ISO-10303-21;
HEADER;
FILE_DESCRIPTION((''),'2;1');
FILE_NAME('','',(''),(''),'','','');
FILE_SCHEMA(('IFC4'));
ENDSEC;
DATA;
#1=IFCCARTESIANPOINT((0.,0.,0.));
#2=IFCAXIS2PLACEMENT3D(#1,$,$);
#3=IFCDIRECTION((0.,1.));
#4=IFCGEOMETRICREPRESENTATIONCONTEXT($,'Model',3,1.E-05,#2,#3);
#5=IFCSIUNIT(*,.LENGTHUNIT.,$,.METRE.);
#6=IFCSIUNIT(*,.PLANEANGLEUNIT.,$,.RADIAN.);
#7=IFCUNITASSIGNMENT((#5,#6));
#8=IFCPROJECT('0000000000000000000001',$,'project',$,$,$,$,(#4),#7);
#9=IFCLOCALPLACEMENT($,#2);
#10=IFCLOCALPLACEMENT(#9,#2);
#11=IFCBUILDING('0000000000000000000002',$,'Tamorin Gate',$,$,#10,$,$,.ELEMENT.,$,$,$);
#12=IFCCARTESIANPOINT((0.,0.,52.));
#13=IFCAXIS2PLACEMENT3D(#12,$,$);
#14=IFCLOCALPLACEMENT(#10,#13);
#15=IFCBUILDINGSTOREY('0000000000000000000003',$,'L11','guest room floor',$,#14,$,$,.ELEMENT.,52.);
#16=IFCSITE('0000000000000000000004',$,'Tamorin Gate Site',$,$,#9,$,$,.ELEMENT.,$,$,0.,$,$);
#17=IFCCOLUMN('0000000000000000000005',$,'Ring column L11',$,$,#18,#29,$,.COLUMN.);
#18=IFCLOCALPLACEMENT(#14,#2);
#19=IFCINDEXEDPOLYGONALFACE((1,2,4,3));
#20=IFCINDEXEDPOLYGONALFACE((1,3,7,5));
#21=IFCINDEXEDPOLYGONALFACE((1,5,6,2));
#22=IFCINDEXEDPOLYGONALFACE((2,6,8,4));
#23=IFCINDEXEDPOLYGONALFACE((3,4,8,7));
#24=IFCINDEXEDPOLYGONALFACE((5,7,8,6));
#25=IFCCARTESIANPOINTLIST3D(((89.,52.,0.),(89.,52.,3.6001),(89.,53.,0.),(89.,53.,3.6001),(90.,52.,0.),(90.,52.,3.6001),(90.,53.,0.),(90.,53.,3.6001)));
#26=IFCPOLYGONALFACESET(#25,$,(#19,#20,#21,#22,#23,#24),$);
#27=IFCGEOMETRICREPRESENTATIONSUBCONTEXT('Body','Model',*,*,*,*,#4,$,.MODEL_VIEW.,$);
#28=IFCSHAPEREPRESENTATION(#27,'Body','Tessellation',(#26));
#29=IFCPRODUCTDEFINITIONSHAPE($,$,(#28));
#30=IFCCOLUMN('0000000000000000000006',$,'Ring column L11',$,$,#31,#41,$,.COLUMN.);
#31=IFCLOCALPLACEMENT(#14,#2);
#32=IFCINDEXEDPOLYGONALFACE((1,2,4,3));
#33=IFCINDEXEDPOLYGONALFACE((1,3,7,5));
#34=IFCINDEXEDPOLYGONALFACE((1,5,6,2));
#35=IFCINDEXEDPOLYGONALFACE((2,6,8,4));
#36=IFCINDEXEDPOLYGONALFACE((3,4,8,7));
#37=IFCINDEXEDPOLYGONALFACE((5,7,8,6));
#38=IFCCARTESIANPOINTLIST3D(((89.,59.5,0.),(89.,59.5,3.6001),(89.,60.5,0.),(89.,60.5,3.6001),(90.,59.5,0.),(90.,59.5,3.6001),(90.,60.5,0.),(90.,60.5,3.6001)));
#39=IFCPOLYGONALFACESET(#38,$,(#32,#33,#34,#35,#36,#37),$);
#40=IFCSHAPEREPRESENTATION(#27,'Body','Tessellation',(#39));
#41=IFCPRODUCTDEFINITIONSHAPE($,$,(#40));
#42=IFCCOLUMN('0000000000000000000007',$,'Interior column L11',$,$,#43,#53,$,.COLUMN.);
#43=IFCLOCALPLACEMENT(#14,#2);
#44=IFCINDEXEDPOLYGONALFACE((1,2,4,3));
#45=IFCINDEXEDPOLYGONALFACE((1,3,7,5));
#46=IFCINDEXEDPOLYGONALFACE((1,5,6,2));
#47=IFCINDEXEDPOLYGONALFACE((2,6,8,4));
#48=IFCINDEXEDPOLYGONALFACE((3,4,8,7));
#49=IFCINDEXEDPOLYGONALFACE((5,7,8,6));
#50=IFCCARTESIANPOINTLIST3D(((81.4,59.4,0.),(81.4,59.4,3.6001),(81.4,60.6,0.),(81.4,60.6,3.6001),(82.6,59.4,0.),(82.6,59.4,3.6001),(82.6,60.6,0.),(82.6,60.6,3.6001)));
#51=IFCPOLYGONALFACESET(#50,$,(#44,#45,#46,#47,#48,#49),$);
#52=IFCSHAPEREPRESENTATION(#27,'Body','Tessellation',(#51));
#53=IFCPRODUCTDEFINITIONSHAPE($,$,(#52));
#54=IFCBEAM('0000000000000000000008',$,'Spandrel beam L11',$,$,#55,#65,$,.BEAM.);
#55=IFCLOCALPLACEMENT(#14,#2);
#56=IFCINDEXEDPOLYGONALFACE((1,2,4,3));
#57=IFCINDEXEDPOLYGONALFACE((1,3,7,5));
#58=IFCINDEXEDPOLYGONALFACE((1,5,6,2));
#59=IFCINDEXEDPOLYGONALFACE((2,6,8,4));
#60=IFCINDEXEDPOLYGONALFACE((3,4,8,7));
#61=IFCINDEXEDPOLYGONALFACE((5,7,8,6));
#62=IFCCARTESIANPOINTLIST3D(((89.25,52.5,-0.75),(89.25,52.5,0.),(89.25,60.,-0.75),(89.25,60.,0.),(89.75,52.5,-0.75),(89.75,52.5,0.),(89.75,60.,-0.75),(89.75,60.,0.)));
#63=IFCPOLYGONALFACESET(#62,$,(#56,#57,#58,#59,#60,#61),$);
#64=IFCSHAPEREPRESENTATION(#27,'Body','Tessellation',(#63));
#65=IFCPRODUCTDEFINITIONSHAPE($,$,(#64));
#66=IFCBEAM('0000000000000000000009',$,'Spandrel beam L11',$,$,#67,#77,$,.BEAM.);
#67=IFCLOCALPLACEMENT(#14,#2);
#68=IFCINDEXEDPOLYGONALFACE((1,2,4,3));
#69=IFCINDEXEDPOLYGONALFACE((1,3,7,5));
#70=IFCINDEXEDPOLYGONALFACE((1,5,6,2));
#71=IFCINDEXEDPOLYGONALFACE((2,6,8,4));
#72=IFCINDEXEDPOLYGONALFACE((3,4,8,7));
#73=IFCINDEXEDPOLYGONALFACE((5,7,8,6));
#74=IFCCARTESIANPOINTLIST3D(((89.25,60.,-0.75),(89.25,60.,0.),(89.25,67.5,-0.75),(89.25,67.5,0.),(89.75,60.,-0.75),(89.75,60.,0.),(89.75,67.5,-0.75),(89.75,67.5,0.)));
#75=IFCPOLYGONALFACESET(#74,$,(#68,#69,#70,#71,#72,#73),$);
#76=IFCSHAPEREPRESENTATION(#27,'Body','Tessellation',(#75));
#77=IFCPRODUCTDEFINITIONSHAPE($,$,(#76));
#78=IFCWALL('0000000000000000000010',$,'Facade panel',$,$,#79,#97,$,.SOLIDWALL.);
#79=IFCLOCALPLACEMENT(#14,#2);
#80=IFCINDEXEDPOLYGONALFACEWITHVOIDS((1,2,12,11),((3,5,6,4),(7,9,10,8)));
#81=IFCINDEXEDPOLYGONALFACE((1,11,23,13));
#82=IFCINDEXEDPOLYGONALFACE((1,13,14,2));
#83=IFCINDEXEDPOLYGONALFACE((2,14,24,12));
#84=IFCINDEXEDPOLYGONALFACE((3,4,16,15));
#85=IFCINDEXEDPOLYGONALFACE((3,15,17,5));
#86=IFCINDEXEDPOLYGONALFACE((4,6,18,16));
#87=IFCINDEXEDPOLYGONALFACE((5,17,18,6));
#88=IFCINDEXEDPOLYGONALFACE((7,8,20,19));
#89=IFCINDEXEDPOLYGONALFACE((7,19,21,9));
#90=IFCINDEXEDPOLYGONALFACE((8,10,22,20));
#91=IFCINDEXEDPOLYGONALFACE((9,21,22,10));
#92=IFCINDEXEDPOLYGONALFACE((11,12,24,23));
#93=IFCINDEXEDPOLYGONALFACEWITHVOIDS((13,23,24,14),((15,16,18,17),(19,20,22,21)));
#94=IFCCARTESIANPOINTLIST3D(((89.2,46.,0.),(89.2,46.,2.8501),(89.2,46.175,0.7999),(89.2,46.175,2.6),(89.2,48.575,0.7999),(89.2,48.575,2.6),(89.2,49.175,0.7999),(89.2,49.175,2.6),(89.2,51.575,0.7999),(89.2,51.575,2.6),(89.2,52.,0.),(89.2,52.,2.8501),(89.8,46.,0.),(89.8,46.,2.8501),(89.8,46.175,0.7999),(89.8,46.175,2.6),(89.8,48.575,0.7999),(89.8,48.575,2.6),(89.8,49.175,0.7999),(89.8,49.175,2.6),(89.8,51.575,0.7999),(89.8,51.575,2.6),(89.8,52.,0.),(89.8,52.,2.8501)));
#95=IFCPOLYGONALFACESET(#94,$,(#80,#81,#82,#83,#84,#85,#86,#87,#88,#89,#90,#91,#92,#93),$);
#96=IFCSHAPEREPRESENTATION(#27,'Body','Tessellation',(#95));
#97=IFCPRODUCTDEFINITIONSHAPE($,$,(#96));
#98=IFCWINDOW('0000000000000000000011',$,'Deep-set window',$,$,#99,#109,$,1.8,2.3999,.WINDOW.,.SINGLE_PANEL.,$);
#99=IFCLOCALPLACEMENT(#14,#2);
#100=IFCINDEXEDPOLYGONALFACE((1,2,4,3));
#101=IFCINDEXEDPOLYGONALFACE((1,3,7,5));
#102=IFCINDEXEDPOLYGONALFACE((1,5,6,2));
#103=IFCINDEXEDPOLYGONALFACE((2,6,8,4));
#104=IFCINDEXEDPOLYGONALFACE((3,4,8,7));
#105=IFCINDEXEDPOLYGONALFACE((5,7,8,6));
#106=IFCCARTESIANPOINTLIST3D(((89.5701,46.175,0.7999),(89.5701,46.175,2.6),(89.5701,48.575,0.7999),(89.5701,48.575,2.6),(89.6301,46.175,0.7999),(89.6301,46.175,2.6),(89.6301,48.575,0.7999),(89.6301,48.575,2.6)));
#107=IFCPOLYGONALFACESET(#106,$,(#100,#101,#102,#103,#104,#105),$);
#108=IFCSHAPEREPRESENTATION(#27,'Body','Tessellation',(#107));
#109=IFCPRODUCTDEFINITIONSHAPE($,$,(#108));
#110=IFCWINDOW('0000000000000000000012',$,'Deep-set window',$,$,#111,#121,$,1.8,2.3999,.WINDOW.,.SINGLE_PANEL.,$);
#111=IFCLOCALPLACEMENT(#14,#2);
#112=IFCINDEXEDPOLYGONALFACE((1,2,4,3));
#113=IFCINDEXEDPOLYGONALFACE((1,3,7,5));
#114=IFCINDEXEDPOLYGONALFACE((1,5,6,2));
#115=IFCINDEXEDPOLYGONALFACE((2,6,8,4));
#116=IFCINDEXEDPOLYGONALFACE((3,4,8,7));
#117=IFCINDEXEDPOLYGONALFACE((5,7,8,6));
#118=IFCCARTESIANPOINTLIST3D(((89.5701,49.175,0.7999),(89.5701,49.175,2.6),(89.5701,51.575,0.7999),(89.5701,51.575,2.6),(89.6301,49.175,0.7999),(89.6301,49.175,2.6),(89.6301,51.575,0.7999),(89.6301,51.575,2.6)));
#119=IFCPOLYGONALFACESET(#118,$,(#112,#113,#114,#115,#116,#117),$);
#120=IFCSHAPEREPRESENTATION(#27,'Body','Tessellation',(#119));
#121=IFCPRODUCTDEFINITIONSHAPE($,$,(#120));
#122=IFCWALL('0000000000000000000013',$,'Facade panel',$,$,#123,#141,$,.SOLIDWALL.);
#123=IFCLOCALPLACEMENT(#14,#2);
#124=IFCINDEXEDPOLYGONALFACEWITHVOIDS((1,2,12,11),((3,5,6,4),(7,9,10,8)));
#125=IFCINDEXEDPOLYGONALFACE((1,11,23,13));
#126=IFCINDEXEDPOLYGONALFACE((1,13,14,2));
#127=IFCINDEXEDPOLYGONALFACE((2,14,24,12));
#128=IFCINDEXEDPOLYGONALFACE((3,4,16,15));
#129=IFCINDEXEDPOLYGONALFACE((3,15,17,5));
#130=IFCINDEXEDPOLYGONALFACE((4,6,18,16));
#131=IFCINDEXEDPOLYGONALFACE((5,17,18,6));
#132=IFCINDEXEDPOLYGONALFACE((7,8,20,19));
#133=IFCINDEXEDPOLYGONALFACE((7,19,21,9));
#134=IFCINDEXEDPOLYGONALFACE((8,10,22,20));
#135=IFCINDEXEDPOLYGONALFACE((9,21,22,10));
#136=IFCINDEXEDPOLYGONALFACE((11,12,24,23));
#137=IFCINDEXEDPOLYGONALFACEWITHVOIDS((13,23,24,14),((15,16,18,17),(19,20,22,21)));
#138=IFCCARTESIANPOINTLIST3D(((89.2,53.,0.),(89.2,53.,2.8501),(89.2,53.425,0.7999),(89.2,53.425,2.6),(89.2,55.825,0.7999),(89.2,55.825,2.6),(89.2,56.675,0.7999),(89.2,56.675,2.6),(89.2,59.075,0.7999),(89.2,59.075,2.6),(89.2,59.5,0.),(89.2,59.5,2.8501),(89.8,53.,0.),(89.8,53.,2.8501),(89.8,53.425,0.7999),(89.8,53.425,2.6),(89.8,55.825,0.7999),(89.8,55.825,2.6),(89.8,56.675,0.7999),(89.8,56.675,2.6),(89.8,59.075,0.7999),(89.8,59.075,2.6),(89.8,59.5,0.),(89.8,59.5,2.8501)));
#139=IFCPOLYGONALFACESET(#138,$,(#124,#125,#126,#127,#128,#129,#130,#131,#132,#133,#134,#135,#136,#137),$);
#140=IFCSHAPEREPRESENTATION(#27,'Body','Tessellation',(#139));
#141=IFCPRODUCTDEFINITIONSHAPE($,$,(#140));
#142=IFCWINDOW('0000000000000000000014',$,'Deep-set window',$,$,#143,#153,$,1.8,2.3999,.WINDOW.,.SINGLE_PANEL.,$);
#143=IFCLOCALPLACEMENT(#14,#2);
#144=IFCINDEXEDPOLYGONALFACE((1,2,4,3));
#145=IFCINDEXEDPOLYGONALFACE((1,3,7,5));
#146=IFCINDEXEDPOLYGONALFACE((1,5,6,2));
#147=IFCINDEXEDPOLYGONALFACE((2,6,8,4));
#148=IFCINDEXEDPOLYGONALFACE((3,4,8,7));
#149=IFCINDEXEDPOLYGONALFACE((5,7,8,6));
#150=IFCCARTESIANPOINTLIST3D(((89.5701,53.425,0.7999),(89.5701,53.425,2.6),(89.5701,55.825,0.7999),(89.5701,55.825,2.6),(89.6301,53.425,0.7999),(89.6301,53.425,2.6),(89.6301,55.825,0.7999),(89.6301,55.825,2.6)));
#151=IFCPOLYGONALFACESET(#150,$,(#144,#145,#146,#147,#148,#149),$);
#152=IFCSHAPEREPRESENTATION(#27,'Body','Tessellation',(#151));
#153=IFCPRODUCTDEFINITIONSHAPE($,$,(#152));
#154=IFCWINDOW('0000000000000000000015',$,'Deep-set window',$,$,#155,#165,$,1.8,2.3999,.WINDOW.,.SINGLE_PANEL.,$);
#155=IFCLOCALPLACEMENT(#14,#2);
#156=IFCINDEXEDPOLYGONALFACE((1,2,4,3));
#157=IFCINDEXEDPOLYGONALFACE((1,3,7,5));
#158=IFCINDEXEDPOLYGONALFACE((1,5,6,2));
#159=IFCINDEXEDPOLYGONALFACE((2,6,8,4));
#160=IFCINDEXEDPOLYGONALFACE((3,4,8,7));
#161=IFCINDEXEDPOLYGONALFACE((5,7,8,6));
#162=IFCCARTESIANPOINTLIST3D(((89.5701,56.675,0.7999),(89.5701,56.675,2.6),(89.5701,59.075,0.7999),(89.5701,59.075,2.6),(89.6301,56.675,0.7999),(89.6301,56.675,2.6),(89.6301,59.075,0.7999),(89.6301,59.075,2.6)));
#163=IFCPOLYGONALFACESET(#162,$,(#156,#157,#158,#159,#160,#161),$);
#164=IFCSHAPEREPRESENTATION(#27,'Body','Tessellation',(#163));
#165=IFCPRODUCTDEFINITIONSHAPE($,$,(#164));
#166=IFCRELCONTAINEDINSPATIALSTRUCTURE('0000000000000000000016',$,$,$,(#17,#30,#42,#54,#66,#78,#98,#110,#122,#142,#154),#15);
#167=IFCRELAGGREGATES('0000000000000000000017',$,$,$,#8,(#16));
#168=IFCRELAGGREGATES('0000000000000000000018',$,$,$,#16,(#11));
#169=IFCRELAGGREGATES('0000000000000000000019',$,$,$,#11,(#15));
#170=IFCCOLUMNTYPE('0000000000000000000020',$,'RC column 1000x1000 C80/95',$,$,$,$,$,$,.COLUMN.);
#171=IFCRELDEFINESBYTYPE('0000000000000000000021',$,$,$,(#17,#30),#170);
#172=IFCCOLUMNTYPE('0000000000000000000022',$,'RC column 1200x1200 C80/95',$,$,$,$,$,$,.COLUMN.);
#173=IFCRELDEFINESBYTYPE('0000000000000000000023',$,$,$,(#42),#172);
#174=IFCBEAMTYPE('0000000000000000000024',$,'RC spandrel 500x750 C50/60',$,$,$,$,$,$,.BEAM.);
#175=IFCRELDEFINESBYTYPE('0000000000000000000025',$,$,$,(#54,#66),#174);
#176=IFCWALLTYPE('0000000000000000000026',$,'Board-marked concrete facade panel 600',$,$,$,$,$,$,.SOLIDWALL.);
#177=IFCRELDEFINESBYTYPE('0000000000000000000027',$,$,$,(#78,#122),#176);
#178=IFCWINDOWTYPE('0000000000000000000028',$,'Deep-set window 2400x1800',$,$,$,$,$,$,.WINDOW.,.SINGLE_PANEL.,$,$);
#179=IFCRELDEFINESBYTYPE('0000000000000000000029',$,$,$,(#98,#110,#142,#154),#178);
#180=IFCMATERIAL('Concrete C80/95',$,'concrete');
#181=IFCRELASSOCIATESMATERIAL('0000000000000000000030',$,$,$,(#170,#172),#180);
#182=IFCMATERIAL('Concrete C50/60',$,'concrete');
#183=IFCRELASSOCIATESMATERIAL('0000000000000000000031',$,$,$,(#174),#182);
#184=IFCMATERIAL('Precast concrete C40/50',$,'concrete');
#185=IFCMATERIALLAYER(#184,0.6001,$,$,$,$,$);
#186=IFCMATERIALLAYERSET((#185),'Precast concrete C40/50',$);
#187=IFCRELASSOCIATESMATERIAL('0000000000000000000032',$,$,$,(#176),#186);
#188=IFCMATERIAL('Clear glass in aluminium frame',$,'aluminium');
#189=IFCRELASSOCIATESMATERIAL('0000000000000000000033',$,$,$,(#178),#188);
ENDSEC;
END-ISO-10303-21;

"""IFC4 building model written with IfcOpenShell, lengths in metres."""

from ifc_helpers import new_model, si_unit, direction, frame, frame_2d, origin, origin_2d, place, context, subcontext, project, spatial, rectangle, extrude, material, layer, layer_set, material_profile, profile_set, type_object, element, fill, save


model = new_model("IFC4")

# Units and contexts
model_context = context("Model", 3, precision=1e-05, world=origin(), true_north=direction((0.0, 1.0)))
body_context = subcontext(model_context, "Body", "Model", "MODEL_VIEW")
ifc_project = project(units=[si_unit("LENGTHUNIT", "METRE"), si_unit("PLANEANGLEUNIT", "RADIAN")], contexts=[model_context])

# Site, building, storey
site_placement = place(None, origin())
site = spatial("IfcSite", under=ifc_project, at=site_placement, Name="Tamorin Gate Site", CompositionType="ELEMENT", RefElevation=0.0)
building_placement = place(site_placement, origin())
building = spatial("IfcBuilding", under=site, at=building_placement, Name="Tamorin Gate", CompositionType="ELEMENT")
storey_placement = place(building_placement, frame((0.0, 0.0, 52.0)))
storey = spatial("IfcBuildingStorey", under=building, at=storey_placement, Name="L11", Description="guest room floor", CompositionType="ELEMENT", Elevation=52.0)

# Columns
ifc_material_1 = material(Name="Concrete C80/95", Category="concrete")
ifc_material_profile_1 = material_profile(ifc_material_1, rectangle(XDim=1.0, YDim=1.0, at=origin_2d()), Name="RC 1000x1000")
ifc_profile_set_1 = profile_set([ifc_material_profile_1], Name="Concrete C80/95")
column_type_1 = type_object("IfcColumnType", Name="RC column 1000x1000 C80/95", PredefinedType="COLUMN", material=ifc_profile_set_1)
for number, where, z_axis, x_axis, name in (
    (1, (89.5, 52.5, 0.0), (0.0, 0.0, 1.0), (1.0, 0.0, 0.0), "Ring column L11"),
    (2, (89.5, 60.0, 0.0), (0.0, 0.0, 1.0), (1.0, 0.0, 0.0), "Ring column L11"),
):
    element("IfcColumn", number, at=place(storey_placement, frame(where, z_axis=z_axis, x_axis=x_axis)), inside=storey, type_object=column_type_1, Name=name, PredefinedType="COLUMN", context=body_context, shape_type="SweptSolid", body=[
        extrude(rectangle(XDim=1.0, YDim=1.0, at=origin_2d()), origin(), (0.0, 0.0, 1.0), 3.6001),
    ])
ifc_material_profile_2 = material_profile(ifc_material_1, rectangle(XDim=1.2, YDim=1.2, at=origin_2d()), Name="RC 1200x1200")
ifc_profile_set_2 = profile_set([ifc_material_profile_2], Name="Concrete C80/95")
column_type_2 = type_object("IfcColumnType", Name="RC column 1200x1200 C80/95", PredefinedType="COLUMN", material=ifc_profile_set_2)
column_placement = place(storey_placement, frame((82.0, 60.0, 0.0), z_axis=(0.0, 0.0, 1.0), x_axis=(1.0, 0.0, 0.0)))
element("IfcColumn", 3, at=column_placement, inside=storey, type_object=column_type_2, Name="Interior column L11", PredefinedType="COLUMN", context=body_context, shape_type="SweptSolid", body=[
    extrude(rectangle(XDim=1.2, YDim=1.2, at=origin_2d()), origin(), (0.0, 0.0, 1.0), 3.6001),
])

# Beams
ifc_material_2 = material(Name="Concrete C50/60", Category="concrete")
ifc_material_profile_3 = material_profile(ifc_material_2, rectangle(XDim=0.5, YDim=0.75, at=origin_2d()), Name="RC 500x750")
ifc_profile_set_3 = profile_set([ifc_material_profile_3], Name="Concrete C50/60")
beam_type = type_object("IfcBeamType", Name="RC spandrel 500x750 C50/60", PredefinedType="BEAM", material=ifc_profile_set_3)
for number, where, z_axis, x_axis, name in (
    (4, (89.5, 52.5, -0.375), (0.0, 1.0, 0.0), (-1.0, 0.0, 0.0), "Spandrel beam L11"),
    (5, (89.5, 60.0, -0.375), (0.0, 1.0, 0.0), (-1.0, 0.0, 0.0), "Spandrel beam L11"),
):
    element("IfcBeam", number, at=place(storey_placement, frame(where, z_axis=z_axis, x_axis=x_axis)), inside=storey, type_object=beam_type, Name=name, PredefinedType="BEAM", context=body_context, shape_type="SweptSolid", body=[
        extrude(rectangle(XDim=0.5, YDim=0.75, at=origin_2d()), origin(), (0.0, 0.0, 1.0), 7.5),
    ])

# Walls, openings, windows
ifc_material_3 = material(Name="Precast concrete C40/50", Category="concrete")
ifc_layer_1 = layer(ifc_material_3, 0.6001)
ifc_layer_set_1 = layer_set([ifc_layer_1], Name="Precast concrete C40/50")
wall_type_1 = type_object("IfcWallType", Name="Board-marked concrete facade panel 600", PredefinedType="SOLIDWALL", material=ifc_layer_set_1)
wall_1_placement = place(storey_placement, frame((89.5, 46.0, 0.0), z_axis=(0.0, 0.0, 1.0), x_axis=(0.0, 1.0, 0.0)))
wall_1 = element("IfcWall", 6, at=wall_1_placement, inside=storey, type_object=wall_type_1, Name="Facade panel", PredefinedType="SOLIDWALL", context=body_context, shape_type="SweptSolid", body=[
    extrude(rectangle(XDim=6.0, YDim=0.6001, at=frame_2d((3.0, 0.0))), origin(), (0.0, 0.0, 1.0), 2.8501),
])
opening_1_placement = place(wall_1_placement, frame((0.175, 0.0, 0.8)))
opening_1 = element("IfcOpeningElement", 7, at=opening_1_placement, cuts=wall_1, PredefinedType="OPENING", context=body_context, shape_type="SweptSolid", body=[
    extrude(rectangle(XDim=2.3999, YDim=1.8, at=frame_2d((1.2, 0.8999))), frame((0.0, 0.3101, 0.0), z_axis=(0.0, -1.0, 0.0), x_axis=(1.0, 0.0, 0.0)), (0.0, 0.0, 1.0), 0.6201),
])
opening_2_placement = place(wall_1_placement, frame((3.175, 0.0, 0.8)))
opening_2 = element("IfcOpeningElement", 8, at=opening_2_placement, cuts=wall_1, PredefinedType="OPENING", context=body_context, shape_type="SweptSolid", body=[
    extrude(rectangle(XDim=2.3999, YDim=1.8, at=frame_2d((1.2, 0.8999))), frame((0.0, 0.3101, 0.0), z_axis=(0.0, -1.0, 0.0), x_axis=(1.0, 0.0, 0.0)), (0.0, 0.0, 1.0), 0.6201),
])
ifc_material_4 = material(Name="Clear glass in aluminium frame", Category="aluminium")
window_type = type_object("IfcWindowType", Name="Deep-set window 2400x1800", PartitioningType="SINGLE_PANEL", PredefinedType="WINDOW", material=ifc_material_4)
window_1_placement = place(opening_1_placement, origin())
window_1 = element("IfcWindow", 9, at=window_1_placement, inside=storey, type_object=window_type, Name="Deep-set window", OverallHeight=1.8, OverallWidth=2.3999, PartitioningType="SINGLE_PANEL", PredefinedType="WINDOW", context=body_context, shape_type="SweptSolid", body=[
    extrude(rectangle(XDim=2.3999, YDim=1.8, at=frame_2d((1.2, 0.8999))), frame((0.0, -0.0701, 0.0), z_axis=(0.0, -1.0, 0.0), x_axis=(1.0, 0.0, 0.0)), (0.0, 0.0, 1.0), 0.0601),
])
fill(opening_1, window_1)
window_2_placement = place(opening_2_placement, origin())
window_2 = element("IfcWindow", 10, at=window_2_placement, inside=storey, type_object=window_type, Name="Deep-set window", OverallHeight=1.8, OverallWidth=2.3999, PartitioningType="SINGLE_PANEL", PredefinedType="WINDOW", context=body_context, shape_type="SweptSolid", body=[
    extrude(rectangle(XDim=2.3999, YDim=1.8, at=frame_2d((1.2, 0.8999))), frame((0.0, -0.0701, 0.0), z_axis=(0.0, -1.0, 0.0), x_axis=(1.0, 0.0, 0.0)), (0.0, 0.0, 1.0), 0.0601),
])
fill(opening_2, window_2)
wall_2_placement = place(storey_placement, frame((89.5, 53.0, 0.0), z_axis=(0.0, 0.0, 1.0), x_axis=(0.0, 1.0, 0.0)))
wall_2 = element("IfcWall", 11, at=wall_2_placement, inside=storey, type_object=wall_type_1, Name="Facade panel", PredefinedType="SOLIDWALL", context=body_context, shape_type="SweptSolid", body=[
    extrude(rectangle(XDim=6.5, YDim=0.6001, at=frame_2d((3.25, 0.0))), origin(), (0.0, 0.0, 1.0), 2.8501),
])
opening_3_placement = place(wall_2_placement, frame((0.425, 0.0, 0.8)))
opening_3 = element("IfcOpeningElement", 12, at=opening_3_placement, cuts=wall_2, PredefinedType="OPENING", context=body_context, shape_type="SweptSolid", body=[
    extrude(rectangle(XDim=2.3999, YDim=1.8, at=frame_2d((1.2, 0.8999))), frame((0.0, 0.3101, 0.0), z_axis=(0.0, -1.0, 0.0), x_axis=(1.0, 0.0, 0.0)), (0.0, 0.0, 1.0), 0.6201),
])
opening_4_placement = place(wall_2_placement, frame((3.675, 0.0, 0.8)))
opening_4 = element("IfcOpeningElement", 13, at=opening_4_placement, cuts=wall_2, PredefinedType="OPENING", context=body_context, shape_type="SweptSolid", body=[
    extrude(rectangle(XDim=2.3999, YDim=1.8, at=frame_2d((1.2, 0.8999))), frame((0.0, 0.3101, 0.0), z_axis=(0.0, -1.0, 0.0), x_axis=(1.0, 0.0, 0.0)), (0.0, 0.0, 1.0), 0.6201),
])
window_3_placement = place(opening_3_placement, origin())
window_3 = element("IfcWindow", 14, at=window_3_placement, inside=storey, type_object=window_type, Name="Deep-set window", OverallHeight=1.8, OverallWidth=2.3999, PartitioningType="SINGLE_PANEL", PredefinedType="WINDOW", context=body_context, shape_type="SweptSolid", body=[
    extrude(rectangle(XDim=2.3999, YDim=1.8, at=frame_2d((1.2, 0.8999))), frame((0.0, -0.0701, 0.0), z_axis=(0.0, -1.0, 0.0), x_axis=(1.0, 0.0, 0.0)), (0.0, 0.0, 1.0), 0.0601),
])
fill(opening_3, window_3)
window_4_placement = place(opening_4_placement, origin())
window_4 = element("IfcWindow", 15, at=window_4_placement, inside=storey, type_object=window_type, Name="Deep-set window", OverallHeight=1.8, OverallWidth=2.3999, PartitioningType="SINGLE_PANEL", PredefinedType="WINDOW", context=body_context, shape_type="SweptSolid", body=[
    extrude(rectangle(XDim=2.3999, YDim=1.8, at=frame_2d((1.2, 0.8999))), frame((0.0, -0.0701, 0.0), z_axis=(0.0, -1.0, 0.0), x_axis=(1.0, 0.0, 0.0)), (0.0, 0.0, 1.0), 0.0601),
])
fill(opening_4, window_4)

save(model, "model.ifc")
